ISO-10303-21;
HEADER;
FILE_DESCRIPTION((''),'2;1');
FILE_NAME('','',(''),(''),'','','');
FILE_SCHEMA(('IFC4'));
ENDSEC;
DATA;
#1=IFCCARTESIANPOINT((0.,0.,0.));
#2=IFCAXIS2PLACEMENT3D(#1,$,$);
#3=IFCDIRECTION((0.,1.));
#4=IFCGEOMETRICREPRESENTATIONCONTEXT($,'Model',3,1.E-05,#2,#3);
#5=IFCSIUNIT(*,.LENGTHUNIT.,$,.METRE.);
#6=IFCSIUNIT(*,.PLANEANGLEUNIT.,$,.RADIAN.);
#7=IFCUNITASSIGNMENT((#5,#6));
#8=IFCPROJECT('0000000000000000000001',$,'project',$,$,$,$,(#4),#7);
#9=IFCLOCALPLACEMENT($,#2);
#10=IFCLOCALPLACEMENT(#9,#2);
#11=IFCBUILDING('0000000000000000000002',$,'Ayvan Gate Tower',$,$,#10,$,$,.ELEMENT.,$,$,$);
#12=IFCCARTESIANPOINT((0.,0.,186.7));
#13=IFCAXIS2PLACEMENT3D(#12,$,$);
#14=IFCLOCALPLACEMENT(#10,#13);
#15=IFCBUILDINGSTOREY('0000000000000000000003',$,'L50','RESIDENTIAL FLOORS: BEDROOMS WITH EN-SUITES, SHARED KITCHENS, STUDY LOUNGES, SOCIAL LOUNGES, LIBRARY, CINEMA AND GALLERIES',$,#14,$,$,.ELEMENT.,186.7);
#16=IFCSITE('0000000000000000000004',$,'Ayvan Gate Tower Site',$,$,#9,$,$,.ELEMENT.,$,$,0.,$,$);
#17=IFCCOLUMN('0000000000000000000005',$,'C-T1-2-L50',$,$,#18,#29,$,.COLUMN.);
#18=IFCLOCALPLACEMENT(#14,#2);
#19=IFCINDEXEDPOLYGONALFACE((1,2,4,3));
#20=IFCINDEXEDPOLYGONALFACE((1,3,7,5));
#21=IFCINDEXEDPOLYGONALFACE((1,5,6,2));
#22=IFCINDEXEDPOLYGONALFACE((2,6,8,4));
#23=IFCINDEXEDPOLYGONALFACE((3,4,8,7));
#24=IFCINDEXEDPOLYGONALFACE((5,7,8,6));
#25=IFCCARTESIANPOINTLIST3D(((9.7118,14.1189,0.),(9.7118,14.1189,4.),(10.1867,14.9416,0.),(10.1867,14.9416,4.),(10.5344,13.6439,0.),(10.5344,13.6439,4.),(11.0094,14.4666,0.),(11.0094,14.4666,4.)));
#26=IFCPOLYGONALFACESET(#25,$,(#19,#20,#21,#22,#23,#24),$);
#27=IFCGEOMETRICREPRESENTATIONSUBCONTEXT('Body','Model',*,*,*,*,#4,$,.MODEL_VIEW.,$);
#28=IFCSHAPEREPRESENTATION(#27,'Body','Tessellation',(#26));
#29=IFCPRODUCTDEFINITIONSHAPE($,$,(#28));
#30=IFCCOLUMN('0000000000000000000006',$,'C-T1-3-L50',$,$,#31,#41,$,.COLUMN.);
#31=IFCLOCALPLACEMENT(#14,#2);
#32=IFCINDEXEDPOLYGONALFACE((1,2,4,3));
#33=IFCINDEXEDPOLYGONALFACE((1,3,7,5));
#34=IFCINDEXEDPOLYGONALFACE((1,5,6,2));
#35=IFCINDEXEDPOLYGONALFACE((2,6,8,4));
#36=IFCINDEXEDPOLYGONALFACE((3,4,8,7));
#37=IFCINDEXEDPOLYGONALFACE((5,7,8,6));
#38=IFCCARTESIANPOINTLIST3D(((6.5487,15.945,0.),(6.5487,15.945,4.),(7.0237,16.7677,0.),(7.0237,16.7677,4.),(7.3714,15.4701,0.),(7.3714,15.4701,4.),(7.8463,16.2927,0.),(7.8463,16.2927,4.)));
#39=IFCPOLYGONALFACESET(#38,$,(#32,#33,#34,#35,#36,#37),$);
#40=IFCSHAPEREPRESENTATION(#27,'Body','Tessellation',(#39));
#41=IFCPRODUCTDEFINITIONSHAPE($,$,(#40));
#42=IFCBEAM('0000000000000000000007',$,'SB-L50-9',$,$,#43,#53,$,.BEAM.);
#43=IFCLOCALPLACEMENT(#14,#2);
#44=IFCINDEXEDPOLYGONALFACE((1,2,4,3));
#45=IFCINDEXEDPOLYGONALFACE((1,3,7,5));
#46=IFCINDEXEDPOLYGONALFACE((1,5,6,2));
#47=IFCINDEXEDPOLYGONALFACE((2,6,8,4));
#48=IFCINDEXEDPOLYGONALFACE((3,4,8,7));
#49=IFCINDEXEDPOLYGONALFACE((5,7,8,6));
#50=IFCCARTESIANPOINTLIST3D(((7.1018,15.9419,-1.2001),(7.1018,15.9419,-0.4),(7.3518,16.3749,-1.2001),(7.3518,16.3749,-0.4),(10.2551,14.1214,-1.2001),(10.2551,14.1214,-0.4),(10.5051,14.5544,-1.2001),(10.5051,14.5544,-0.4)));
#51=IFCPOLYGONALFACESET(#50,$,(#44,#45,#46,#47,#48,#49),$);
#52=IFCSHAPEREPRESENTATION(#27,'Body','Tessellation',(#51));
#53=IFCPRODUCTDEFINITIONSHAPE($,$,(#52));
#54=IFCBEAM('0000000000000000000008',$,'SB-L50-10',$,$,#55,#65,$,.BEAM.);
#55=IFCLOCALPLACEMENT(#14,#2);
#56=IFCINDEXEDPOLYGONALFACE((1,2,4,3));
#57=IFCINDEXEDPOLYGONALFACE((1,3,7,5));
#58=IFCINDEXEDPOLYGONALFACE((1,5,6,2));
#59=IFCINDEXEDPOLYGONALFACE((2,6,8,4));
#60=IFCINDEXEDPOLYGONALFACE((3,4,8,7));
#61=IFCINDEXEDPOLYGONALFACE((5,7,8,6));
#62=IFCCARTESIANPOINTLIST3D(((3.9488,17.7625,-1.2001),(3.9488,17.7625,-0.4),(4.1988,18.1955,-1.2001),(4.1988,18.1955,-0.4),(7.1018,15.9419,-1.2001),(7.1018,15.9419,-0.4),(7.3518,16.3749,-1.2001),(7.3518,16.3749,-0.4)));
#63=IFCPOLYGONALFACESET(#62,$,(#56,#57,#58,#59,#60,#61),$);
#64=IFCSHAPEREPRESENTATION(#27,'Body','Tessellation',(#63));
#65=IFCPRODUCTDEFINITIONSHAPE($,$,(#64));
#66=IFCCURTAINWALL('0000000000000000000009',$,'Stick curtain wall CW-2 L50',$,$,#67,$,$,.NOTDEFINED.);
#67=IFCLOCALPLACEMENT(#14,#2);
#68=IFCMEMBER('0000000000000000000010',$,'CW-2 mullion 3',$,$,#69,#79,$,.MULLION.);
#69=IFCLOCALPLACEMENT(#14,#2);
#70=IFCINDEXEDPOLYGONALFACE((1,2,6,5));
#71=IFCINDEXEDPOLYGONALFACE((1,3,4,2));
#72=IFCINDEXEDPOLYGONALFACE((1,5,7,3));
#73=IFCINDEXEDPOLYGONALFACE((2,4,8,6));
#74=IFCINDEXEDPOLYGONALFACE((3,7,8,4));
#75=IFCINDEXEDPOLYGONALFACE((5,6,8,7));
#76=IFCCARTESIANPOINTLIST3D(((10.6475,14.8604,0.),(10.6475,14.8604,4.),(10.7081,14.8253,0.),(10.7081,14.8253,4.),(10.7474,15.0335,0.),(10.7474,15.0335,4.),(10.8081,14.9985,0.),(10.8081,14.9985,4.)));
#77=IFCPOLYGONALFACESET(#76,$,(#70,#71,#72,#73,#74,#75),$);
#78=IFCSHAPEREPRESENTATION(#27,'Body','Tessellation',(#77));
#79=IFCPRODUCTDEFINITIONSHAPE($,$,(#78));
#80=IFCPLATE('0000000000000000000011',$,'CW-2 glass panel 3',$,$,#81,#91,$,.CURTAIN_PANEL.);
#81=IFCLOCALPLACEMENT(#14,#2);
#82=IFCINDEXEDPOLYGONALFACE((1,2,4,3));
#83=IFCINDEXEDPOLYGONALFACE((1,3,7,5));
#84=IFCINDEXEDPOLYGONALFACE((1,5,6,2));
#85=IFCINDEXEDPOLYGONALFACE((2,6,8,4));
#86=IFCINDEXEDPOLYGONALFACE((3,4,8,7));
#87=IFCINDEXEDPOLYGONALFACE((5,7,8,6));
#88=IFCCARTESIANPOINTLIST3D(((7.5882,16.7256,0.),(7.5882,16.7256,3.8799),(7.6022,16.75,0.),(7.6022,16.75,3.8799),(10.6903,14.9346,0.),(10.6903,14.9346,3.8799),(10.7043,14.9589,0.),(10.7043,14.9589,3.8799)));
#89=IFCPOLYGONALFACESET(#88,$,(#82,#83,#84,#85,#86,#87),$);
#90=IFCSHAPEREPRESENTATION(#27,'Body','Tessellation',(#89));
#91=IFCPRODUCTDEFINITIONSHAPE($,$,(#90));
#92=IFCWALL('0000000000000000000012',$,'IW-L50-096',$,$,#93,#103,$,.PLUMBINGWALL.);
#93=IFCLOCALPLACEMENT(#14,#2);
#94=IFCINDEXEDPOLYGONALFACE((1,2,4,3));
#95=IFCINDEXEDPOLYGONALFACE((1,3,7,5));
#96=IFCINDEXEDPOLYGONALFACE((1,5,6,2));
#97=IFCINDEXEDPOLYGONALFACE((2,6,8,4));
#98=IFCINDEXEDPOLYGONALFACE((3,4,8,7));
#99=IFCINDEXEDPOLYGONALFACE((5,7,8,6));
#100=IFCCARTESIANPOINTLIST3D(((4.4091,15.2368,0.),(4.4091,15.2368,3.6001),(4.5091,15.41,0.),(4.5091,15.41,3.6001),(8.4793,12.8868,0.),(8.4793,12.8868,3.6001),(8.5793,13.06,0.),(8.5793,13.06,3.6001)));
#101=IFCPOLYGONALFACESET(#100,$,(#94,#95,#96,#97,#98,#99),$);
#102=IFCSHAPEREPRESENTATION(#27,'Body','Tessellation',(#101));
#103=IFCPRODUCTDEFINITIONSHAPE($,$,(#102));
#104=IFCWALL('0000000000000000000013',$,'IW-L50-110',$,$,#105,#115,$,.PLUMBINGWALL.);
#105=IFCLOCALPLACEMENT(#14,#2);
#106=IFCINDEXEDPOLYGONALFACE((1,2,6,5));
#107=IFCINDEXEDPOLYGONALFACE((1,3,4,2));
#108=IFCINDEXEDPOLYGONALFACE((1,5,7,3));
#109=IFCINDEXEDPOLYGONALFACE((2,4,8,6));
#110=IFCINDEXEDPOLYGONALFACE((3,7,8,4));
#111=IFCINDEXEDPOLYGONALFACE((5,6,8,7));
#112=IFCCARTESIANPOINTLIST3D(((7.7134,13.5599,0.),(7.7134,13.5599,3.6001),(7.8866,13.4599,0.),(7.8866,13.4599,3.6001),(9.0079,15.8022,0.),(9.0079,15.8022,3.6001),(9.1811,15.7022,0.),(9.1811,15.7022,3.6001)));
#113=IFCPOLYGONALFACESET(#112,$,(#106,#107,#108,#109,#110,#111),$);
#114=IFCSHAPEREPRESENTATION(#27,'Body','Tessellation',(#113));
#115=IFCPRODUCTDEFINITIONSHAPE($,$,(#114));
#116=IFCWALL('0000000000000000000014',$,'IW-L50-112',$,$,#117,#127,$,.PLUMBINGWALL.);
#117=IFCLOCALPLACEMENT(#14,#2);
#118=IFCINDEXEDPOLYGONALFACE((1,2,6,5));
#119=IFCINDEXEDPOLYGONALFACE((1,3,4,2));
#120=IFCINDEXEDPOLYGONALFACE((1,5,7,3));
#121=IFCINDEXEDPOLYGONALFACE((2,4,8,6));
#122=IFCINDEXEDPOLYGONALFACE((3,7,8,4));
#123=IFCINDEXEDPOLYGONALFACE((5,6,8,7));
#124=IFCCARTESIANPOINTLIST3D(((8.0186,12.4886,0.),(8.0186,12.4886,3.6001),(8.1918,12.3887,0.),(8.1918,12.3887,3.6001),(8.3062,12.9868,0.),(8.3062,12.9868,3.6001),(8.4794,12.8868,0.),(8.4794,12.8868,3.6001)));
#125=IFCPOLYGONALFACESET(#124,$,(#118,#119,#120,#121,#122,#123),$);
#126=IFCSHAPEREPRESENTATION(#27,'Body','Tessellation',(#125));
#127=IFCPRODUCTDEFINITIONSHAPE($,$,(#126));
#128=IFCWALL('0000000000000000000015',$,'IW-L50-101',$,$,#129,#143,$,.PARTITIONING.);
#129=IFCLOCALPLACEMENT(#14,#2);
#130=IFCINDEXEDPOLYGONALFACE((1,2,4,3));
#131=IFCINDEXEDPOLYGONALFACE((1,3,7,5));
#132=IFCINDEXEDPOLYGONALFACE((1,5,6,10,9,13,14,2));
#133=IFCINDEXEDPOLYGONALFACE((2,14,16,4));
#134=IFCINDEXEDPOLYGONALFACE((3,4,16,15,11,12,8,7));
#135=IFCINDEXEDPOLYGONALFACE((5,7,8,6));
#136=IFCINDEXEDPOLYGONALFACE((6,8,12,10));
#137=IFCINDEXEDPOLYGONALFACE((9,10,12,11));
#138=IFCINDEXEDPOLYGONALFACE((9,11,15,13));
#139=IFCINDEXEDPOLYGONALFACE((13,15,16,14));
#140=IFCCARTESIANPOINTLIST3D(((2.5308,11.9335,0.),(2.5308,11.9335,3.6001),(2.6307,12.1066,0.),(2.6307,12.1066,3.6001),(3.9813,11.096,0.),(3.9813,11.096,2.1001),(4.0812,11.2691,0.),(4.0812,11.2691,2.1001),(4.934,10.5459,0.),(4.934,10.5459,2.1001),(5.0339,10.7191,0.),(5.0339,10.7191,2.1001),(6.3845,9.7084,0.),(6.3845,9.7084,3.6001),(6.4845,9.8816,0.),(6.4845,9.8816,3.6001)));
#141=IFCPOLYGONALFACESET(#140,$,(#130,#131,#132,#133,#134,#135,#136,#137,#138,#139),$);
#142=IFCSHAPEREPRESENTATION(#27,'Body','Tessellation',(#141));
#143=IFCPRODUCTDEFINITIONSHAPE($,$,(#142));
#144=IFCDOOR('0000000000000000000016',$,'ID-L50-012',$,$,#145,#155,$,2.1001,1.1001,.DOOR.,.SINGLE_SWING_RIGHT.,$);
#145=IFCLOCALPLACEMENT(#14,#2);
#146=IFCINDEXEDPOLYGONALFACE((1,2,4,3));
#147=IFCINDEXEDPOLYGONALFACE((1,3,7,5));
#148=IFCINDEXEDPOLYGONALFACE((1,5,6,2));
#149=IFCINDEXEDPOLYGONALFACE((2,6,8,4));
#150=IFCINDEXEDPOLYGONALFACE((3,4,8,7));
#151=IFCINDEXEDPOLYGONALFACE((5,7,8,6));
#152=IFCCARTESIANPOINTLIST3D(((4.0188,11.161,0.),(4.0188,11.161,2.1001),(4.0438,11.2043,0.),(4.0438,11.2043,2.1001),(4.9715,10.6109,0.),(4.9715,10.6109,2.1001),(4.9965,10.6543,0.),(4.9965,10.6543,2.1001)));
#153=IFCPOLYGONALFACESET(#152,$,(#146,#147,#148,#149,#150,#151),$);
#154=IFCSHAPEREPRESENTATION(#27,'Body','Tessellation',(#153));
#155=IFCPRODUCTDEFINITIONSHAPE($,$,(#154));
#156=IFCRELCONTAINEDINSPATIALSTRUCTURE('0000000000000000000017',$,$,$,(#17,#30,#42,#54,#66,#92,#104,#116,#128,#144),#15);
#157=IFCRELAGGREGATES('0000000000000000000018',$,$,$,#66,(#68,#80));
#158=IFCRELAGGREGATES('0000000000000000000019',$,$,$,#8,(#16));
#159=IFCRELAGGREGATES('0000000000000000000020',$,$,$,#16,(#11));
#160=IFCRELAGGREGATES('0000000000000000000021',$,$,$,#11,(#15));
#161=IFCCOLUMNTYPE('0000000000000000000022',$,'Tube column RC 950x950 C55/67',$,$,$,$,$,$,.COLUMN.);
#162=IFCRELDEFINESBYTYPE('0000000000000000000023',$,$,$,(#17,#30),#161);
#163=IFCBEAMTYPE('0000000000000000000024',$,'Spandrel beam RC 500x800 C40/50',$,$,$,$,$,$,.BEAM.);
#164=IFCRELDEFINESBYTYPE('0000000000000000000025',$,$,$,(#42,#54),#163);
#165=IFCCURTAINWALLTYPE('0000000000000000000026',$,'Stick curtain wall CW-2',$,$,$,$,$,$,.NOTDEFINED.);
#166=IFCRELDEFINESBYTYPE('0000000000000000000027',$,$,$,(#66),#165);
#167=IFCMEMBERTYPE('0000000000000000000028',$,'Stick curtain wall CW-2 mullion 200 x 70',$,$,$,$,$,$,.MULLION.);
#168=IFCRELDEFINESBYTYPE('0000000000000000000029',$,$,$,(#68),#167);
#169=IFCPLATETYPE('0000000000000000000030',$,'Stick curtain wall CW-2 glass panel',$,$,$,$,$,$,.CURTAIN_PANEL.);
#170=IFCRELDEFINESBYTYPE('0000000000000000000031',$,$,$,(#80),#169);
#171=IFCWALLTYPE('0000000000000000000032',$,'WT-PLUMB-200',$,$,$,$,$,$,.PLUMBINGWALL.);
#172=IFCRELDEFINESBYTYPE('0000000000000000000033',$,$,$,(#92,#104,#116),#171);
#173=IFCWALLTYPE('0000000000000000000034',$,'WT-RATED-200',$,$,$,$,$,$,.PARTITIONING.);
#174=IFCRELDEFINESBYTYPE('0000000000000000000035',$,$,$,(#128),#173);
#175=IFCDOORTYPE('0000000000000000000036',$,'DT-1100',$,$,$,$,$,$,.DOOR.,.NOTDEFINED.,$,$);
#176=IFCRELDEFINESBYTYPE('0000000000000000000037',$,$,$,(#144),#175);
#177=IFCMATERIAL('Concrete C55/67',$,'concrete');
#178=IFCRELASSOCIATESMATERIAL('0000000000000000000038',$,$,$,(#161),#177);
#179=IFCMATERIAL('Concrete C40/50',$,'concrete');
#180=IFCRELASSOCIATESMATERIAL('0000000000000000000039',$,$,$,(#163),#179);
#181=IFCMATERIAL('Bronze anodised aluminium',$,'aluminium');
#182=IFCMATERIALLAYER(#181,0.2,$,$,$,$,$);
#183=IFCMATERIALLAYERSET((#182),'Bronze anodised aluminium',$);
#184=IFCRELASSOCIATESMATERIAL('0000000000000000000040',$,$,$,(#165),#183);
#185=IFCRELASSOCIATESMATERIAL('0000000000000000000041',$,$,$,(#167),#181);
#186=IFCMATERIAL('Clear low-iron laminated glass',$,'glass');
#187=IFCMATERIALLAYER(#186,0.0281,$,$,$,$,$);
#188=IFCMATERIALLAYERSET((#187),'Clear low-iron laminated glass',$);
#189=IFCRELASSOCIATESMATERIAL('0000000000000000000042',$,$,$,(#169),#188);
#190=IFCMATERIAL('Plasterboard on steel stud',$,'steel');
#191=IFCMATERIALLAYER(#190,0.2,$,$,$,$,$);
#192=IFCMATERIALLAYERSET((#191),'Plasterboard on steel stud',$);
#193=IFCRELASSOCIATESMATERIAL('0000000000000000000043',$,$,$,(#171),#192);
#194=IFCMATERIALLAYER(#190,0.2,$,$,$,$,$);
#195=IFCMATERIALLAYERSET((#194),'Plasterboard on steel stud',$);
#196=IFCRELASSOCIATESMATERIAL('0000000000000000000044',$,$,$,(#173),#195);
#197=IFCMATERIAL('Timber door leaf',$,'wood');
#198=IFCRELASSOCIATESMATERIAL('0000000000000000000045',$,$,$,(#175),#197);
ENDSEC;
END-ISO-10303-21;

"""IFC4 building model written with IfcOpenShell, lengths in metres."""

from ifc_helpers import new_model, si_unit, direction, frame, frame_2d, origin, origin_2d, place, context, subcontext, project, spatial, rectangle, extrude, material, layer, layer_set, material_profile, profile_set, type_object, element, fill, aggregate, save


model = new_model("IFC4")

# Units and contexts
model_context = context("Model", 3, precision=1e-05, world=origin(), true_north=direction((0.0, 1.0)))
body_context = subcontext(model_context, "Body", "Model", "MODEL_VIEW")
ifc_project = project(units=[si_unit("LENGTHUNIT", "METRE"), si_unit("PLANEANGLEUNIT", "RADIAN")], contexts=[model_context])

# Site, building, storey
site_placement = place(None, origin())
site = spatial("IfcSite", under=ifc_project, at=site_placement, Name="Ayvan Gate Tower Site", CompositionType="ELEMENT", RefElevation=0.0)
building_placement = place(site_placement, origin())
building = spatial("IfcBuilding", under=site, at=building_placement, Name="Ayvan Gate Tower", CompositionType="ELEMENT")
storey_placement = place(building_placement, frame((0.0, 0.0, 186.7)))
storey = spatial("IfcBuildingStorey", under=building, at=storey_placement, Name="L50", Description="RESIDENTIAL FLOORS: BEDROOMS WITH EN-SUITES, SHARED KITCHENS, STUDY LOUNGES, SOCIAL LOUNGES, LIBRARY, CINEMA AND GALLERIES", CompositionType="ELEMENT", Elevation=186.7)

# Columns
ifc_material_1 = material(Name="Concrete C55/67", Category="concrete")
ifc_material_profile_1 = material_profile(ifc_material_1, rectangle(XDim=0.95, YDim=0.95, at=origin_2d()), Name="RC 950x950")
ifc_profile_set_1 = profile_set([ifc_material_profile_1], Name="Concrete C55/67")
column_type = type_object("IfcColumnType", Name="Tube column RC 950x950 C55/67", PredefinedType="COLUMN", material=ifc_profile_set_1)
for number, where, z_axis, x_axis, name in (
    (1, (10.3606, 14.2927, 0.0), (0.0, 0.0, 1.0), (0.5, 0.866025, 0.0), "C-T1-2-L50"),
    (2, (7.1975, 16.1189, 0.0), (0.0, 0.0, 1.0), (0.5, 0.866025, 0.0), "C-T1-3-L50"),
):
    element("IfcColumn", number, at=place(storey_placement, frame(where, z_axis=z_axis, x_axis=x_axis)), inside=storey, type_object=column_type, Name=name, PredefinedType="COLUMN", context=body_context, shape_type="SweptSolid", body=[
        extrude(rectangle(XDim=0.95, YDim=0.95, at=origin_2d()), origin(), (0.0, 0.0, 1.0), 4.0),
    ])

# Beams
ifc_material_2 = material(Name="Concrete C40/50", Category="concrete")
ifc_material_profile_2 = material_profile(ifc_material_2, rectangle(XDim=0.5, YDim=0.8, at=origin_2d()), Name="RC 500x800")
ifc_profile_set_2 = profile_set([ifc_material_profile_2], Name="Concrete C40/50")
beam_type = type_object("IfcBeamType", Name="Spandrel beam RC 500x800 C40/50", PredefinedType="BEAM", material=ifc_profile_set_2)
beam_1_placement = place(storey_placement, frame((10.3801, 14.3379, -0.8), z_axis=(-0.866027, 0.499997, 0.0), x_axis=(-0.499997, -0.866027, 0.0)))
element("IfcBeam", 3, at=beam_1_placement, inside=storey, type_object=beam_type, Name="SB-L50-9", PredefinedType="BEAM", context=body_context, shape_type="SweptSolid", body=[
    extrude(rectangle(XDim=0.5, YDim=0.8, at=origin_2d()), origin(), (0.0, 0.0, 1.0), 3.6411),
])
beam_2_placement = place(storey_placement, frame((7.2268, 16.1584, -0.8), z_axis=(-0.86601, 0.500026, 0.0), x_axis=(-0.500026, -0.86601, 0.0)))
element("IfcBeam", 4, at=beam_2_placement, inside=storey, type_object=beam_type, Name="SB-L50-10", PredefinedType="BEAM", context=body_context, shape_type="SweptSolid", body=[
    extrude(rectangle(XDim=0.5, YDim=0.8, at=origin_2d()), origin(), (0.0, 0.0, 1.0), 3.6409),
])

# Curtain wall, member, plate
ifc_material_3 = material(Name="Bronze anodised aluminium", Category="aluminium")
ifc_layer_1 = layer(ifc_material_3, 0.2)
ifc_layer_set_1 = layer_set([ifc_layer_1], Name="Bronze anodised aluminium")
curtain_wall_type = type_object("IfcCurtainWallType", Name="Stick curtain wall CW-2", PredefinedType="NOTDEFINED", material=ifc_layer_set_1)
curtain_wall_placement = place(storey_placement, origin())
curtain_wall = element("IfcCurtainWall", 5, at=curtain_wall_placement, inside=storey, type_object=curtain_wall_type, Name="Stick curtain wall CW-2 L50", PredefinedType="NOTDEFINED")
ifc_material_profile_3 = material_profile(ifc_material_3, rectangle(XDim=0.2, YDim=0.0701, at=origin_2d()), Name="Stick curtain wall CW-2 mullion 200 x 70")
ifc_profile_set_3 = profile_set([ifc_material_profile_3], Name="Bronze anodised aluminium")
member_type = type_object("IfcMemberType", Name="Stick curtain wall CW-2 mullion 200 x 70", PredefinedType="MULLION", material=ifc_profile_set_3)
member_placement = place(storey_placement, frame((10.7278, 14.9294, 0.0), z_axis=(0.0, 0.0, 1.0), x_axis=(0.5, 0.866025, 0.0)))
member = element("IfcMember", 6, at=member_placement, type_object=member_type, Name="CW-2 mullion 3", PredefinedType="MULLION", context=body_context, shape_type="SweptSolid", body=[
    extrude(rectangle(XDim=0.2, YDim=0.0701, at=origin_2d()), origin(), (0.0, 0.0, 1.0), 4.0),
])
ifc_material_4 = material(Name="Clear low-iron laminated glass", Category="glass")
ifc_layer_2 = layer(ifc_material_4, 0.0281)
ifc_layer_set_2 = layer_set([ifc_layer_2], Name="Clear low-iron laminated glass")
plate_type = type_object("IfcPlateType", Name="Stick curtain wall CW-2 glass panel", PredefinedType="CURTAIN_PANEL", material=ifc_layer_set_2)
plate_placement = place(storey_placement, frame((9.1462, 15.8423, 0.0), z_axis=(0.0, 0.0, 1.0), x_axis=(-0.866025, 0.5, 0.0)))
plate = element("IfcPlate", 7, at=plate_placement, type_object=plate_type, Name="CW-2 glass panel 3", PredefinedType="CURTAIN_PANEL", context=body_context, shape_type="SweptSolid", body=[
    extrude(rectangle(XDim=3.582, YDim=0.0281, at=origin_2d()), origin(), (0.0, 0.0, 1.0), 3.8799),
])
aggregate(curtain_wall, [member, plate])

# Walls
ifc_material_5 = material(Name="Plasterboard on steel stud", Category="steel")
ifc_layer_3 = layer(ifc_material_5, 0.2)
ifc_layer_set_3 = layer_set([ifc_layer_3], Name="Plasterboard on steel stud")
wall_type_1 = type_object("IfcWallType", Name="WT-PLUMB-200", PredefinedType="PLUMBINGWALL", material=ifc_layer_set_3)
wall_1_placement = place(storey_placement, frame((4.459, 15.3235, 0.0), z_axis=(0.0, 0.0, 1.0), x_axis=(0.866016, -0.500016, 0.0)))
element("IfcWall", 8, at=wall_1_placement, inside=storey, type_object=wall_type_1, Name="IW-L50-096", PredefinedType="PLUMBINGWALL", context=body_context, shape_type="SweptSolid", body=[
    extrude(rectangle(XDim=4.7, YDim=0.2, at=frame_2d((2.3501, 0.0))), origin(), (0.0, 0.0, 1.0), 3.6001),
])
wall_2_placement = place(storey_placement, frame((7.8, 13.51, 0.0), z_axis=(0.0, 0.0, 1.0), x_axis=(0.499973, 0.866041, 0.0)))
element("IfcWall", 9, at=wall_2_placement, inside=storey, type_object=wall_type_1, Name="IW-L50-110", PredefinedType="PLUMBINGWALL", context=body_context, shape_type="SweptSolid", body=[
    extrude(rectangle(XDim=2.5891, YDim=0.2, at=frame_2d((1.2944, 0.0))), origin(), (0.0, 0.0, 1.0), 3.6001),
])
wall_3_placement = place(storey_placement, frame((8.3928, 12.9368, 0.0), z_axis=(0.0, 0.0, 1.0), x_axis=(-0.500065, -0.865988, 0.0)))
element("IfcWall", 10, at=wall_3_placement, inside=storey, type_object=wall_type_1, Name="IW-L50-112", PredefinedType="PLUMBINGWALL", context=body_context, shape_type="SweptSolid", body=[
    extrude(rectangle(XDim=0.5752, YDim=0.2, at=frame_2d((0.2876, 0.0))), origin(), (0.0, 0.0, 1.0), 3.6001),
])

# Wall, opening, door
ifc_layer_4 = layer(ifc_material_5, 0.2)
ifc_layer_set_4 = layer_set([ifc_layer_4], Name="Plasterboard on steel stud")
wall_type_2 = type_object("IfcWallType", Name="WT-RATED-200", PredefinedType="PARTITIONING", material=ifc_layer_set_4)
wall_4_placement = place(storey_placement, frame((6.4346, 9.7949, 0.0), z_axis=(0.0, 0.0, 1.0), x_axis=(-0.866013, 0.500022, 0.0)))
wall_4 = element("IfcWall", 11, at=wall_4_placement, inside=storey, type_object=wall_type_2, Name="IW-L50-101", PredefinedType="PARTITIONING", context=body_context, shape_type="SweptSolid", body=[
    extrude(rectangle(XDim=4.45, YDim=0.2, at=frame_2d((2.2251, 0.0))), origin(), (0.0, 0.0, 1.0), 3.6001),
])
opening_1_placement = place(wall_4_placement, frame((1.675, 0.0, 0.0)))
opening_1 = element("IfcOpeningElement", 12, at=opening_1_placement, cuts=wall_4, PredefinedType="OPENING", context=body_context, shape_type="SweptSolid", body=[
    extrude(rectangle(XDim=1.1001, YDim=2.1001, at=frame_2d((0.55, 1.05))), frame((0.0, 0.1099, 0.0), z_axis=(0.0, -1.0, 0.0), x_axis=(1.0, 0.0, 0.0)), (0.0, 0.0, 1.0), 0.22),
])
ifc_material_6 = material(Name="Timber door leaf", Category="wood")
door_type_1 = type_object("IfcDoorType", Name="DT-1100", OperationType="NOTDEFINED", PredefinedType="DOOR", material=ifc_material_6)
door_1_placement = place(opening_1_placement, origin())
door_1 = element("IfcDoor", 13, at=door_1_placement, inside=storey, type_object=door_type_1, Name="ID-L50-012", OperationType="SINGLE_SWING_RIGHT", OverallHeight=2.1001, OverallWidth=1.1001, PredefinedType="DOOR", context=body_context, shape_type="SweptSolid", body=[
    extrude(rectangle(XDim=1.1001, YDim=2.1001, at=frame_2d((0.55, 1.05))), frame((0.0, 0.0249, 0.0), z_axis=(0.0, -1.0, 0.0), x_axis=(1.0, 0.0, 0.0)), (0.0, 0.0, 1.0), 0.05),
])
fill(opening_1, door_1)

save(model, "model.ifc")
